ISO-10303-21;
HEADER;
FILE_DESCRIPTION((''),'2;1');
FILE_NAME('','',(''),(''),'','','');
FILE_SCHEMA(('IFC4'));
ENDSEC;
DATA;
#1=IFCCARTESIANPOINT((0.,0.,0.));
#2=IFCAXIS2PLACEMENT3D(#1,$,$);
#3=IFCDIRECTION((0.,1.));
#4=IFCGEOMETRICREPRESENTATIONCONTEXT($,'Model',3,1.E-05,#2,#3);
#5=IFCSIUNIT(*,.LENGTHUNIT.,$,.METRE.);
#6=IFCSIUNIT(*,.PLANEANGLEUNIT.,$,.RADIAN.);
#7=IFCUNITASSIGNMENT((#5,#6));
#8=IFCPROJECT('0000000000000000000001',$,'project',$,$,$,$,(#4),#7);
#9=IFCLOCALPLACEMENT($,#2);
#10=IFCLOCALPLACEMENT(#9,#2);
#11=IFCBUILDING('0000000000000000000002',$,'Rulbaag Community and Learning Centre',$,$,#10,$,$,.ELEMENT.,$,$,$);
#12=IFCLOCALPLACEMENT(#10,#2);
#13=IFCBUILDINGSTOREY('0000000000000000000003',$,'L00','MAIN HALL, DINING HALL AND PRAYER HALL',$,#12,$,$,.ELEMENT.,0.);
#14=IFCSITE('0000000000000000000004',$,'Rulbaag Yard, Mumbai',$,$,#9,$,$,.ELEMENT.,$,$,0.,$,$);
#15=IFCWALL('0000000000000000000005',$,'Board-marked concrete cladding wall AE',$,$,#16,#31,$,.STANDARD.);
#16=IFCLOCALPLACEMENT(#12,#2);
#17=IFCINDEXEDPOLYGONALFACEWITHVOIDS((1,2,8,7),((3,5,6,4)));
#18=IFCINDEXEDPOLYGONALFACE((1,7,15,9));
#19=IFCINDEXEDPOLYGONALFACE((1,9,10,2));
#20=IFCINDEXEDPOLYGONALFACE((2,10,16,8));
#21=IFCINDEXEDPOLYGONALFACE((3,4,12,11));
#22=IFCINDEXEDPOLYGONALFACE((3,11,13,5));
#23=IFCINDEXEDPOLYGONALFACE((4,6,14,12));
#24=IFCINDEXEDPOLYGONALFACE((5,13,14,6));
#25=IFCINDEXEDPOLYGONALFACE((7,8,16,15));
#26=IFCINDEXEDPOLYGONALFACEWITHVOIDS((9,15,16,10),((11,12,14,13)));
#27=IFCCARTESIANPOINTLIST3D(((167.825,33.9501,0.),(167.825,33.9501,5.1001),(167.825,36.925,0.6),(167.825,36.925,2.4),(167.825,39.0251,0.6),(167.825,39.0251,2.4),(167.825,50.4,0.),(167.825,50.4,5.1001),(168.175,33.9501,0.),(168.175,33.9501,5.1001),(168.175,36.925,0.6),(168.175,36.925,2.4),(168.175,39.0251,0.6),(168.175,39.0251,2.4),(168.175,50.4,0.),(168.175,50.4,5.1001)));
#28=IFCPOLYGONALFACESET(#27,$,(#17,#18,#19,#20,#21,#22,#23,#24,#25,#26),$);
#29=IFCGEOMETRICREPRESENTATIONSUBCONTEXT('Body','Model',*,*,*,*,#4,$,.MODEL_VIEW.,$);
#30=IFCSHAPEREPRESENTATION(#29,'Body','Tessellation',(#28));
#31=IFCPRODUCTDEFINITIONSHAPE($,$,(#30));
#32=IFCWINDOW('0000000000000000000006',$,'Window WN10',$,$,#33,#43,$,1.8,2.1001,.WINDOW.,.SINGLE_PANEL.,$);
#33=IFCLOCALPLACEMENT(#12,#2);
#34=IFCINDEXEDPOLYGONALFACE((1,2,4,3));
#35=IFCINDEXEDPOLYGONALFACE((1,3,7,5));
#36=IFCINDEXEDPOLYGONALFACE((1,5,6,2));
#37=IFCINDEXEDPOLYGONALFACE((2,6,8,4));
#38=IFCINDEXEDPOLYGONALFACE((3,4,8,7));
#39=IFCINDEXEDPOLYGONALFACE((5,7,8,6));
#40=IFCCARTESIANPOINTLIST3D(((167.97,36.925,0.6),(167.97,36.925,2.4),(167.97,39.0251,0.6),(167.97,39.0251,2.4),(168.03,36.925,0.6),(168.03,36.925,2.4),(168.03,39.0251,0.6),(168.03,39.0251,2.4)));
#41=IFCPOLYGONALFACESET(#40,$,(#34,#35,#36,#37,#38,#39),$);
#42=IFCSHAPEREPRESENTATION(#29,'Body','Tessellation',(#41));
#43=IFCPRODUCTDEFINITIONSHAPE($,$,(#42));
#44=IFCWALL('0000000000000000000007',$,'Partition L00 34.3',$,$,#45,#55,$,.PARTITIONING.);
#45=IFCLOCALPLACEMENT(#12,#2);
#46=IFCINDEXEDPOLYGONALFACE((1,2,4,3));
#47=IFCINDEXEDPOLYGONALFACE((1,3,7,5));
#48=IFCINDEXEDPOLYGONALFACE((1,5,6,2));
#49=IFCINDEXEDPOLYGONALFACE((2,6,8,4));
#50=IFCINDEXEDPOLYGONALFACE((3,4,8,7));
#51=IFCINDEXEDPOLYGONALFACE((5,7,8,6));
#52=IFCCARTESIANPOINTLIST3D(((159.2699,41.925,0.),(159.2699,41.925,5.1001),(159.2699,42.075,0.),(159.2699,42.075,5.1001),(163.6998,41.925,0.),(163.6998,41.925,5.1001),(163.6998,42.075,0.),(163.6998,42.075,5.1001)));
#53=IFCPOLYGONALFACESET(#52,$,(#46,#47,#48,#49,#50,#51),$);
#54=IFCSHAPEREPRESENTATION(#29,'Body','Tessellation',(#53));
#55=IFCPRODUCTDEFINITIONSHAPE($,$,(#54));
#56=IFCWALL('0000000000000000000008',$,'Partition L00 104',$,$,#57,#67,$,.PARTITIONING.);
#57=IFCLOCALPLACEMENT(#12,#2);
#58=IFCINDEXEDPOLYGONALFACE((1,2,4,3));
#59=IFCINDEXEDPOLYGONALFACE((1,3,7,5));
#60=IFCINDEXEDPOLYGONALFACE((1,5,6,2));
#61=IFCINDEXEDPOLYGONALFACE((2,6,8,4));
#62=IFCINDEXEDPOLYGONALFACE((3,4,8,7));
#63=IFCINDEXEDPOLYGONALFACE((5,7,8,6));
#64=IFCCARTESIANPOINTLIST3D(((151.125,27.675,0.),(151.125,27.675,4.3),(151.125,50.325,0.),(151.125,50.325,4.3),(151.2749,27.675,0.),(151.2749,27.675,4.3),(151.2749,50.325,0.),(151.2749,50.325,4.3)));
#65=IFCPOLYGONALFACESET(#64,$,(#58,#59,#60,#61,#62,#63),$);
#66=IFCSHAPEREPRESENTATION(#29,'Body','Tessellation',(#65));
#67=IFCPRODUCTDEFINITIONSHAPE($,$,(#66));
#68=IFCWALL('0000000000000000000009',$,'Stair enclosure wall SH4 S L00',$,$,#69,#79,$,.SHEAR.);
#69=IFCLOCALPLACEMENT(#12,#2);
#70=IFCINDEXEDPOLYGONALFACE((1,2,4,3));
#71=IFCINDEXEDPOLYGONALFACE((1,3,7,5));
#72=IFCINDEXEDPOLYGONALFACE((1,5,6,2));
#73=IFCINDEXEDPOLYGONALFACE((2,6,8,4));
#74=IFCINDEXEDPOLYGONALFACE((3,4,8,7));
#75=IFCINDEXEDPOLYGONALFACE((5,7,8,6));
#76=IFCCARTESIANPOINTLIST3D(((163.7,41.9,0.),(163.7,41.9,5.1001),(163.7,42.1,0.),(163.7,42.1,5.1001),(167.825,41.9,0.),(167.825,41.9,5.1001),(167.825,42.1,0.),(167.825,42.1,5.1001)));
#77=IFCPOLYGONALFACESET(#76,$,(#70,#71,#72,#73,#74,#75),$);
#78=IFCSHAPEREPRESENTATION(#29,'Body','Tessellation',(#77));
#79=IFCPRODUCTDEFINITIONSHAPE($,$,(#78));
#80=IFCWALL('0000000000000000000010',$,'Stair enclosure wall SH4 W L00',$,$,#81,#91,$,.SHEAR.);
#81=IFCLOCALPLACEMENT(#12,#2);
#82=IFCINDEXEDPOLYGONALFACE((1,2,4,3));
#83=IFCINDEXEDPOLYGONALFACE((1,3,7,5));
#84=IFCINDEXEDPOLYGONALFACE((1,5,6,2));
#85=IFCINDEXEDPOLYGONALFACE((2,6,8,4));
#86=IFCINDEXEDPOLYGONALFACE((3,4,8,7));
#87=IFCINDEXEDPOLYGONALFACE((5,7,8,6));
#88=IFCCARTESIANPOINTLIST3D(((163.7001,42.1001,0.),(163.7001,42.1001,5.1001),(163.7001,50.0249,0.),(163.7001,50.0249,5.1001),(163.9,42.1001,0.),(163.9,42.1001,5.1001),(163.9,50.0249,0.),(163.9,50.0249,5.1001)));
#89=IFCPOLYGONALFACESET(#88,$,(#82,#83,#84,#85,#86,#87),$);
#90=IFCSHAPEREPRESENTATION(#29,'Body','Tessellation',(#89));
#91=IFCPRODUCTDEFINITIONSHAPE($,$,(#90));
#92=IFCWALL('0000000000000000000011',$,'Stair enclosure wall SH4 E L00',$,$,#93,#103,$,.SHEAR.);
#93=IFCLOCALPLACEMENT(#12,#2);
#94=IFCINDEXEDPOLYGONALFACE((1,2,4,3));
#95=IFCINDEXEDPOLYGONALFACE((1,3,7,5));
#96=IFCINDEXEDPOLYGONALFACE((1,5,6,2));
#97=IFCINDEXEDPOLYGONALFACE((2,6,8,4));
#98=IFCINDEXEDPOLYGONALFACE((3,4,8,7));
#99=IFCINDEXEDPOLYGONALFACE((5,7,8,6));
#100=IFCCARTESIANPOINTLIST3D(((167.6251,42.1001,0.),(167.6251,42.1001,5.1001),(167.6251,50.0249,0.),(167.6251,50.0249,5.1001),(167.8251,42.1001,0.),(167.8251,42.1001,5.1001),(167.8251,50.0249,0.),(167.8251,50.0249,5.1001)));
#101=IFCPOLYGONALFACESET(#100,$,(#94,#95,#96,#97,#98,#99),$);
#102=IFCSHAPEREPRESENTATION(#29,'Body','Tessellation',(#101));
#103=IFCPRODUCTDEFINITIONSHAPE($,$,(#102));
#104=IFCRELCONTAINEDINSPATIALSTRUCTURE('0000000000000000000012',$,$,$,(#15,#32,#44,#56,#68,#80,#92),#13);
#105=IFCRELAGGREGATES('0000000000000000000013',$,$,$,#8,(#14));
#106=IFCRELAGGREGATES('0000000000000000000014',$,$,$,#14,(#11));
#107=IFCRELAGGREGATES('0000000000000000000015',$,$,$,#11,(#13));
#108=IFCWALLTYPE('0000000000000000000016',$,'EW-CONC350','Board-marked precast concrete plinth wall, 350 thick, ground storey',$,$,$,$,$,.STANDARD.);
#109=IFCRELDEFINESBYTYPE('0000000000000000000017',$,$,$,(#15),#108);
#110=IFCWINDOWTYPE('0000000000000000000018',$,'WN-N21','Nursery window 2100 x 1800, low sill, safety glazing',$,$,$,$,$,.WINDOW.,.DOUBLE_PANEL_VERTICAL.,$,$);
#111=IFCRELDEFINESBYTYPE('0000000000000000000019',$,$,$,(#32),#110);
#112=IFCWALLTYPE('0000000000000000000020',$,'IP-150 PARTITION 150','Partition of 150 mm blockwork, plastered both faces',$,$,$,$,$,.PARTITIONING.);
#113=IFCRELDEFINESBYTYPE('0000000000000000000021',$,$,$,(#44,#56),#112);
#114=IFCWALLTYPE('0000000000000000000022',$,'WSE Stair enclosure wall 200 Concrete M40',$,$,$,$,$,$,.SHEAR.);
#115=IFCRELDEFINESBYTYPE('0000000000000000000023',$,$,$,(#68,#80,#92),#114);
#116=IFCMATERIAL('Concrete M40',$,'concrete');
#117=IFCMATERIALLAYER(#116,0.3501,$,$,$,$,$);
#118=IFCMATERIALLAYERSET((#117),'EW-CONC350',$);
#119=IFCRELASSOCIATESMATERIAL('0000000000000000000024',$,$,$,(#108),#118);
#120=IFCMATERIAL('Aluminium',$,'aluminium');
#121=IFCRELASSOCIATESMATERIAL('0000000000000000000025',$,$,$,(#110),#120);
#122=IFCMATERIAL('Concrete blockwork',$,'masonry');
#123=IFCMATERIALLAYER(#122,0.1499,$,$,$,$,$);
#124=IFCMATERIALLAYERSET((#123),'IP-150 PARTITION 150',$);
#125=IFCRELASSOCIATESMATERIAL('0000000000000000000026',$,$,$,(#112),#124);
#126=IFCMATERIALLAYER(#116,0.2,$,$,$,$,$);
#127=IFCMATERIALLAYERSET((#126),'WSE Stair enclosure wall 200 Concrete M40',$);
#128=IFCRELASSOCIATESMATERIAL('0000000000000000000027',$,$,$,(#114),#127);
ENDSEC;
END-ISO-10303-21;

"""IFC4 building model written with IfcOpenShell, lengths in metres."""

from ifc_helpers import new_model, si_unit, direction, frame, frame_2d, origin, place, context, subcontext, project, spatial, rectangle, extrude, material, layer, layer_set, type_object, element, fill, save


model = new_model("IFC4")

# Units and contexts
model_context = context("Model", 3, precision=1e-05, world=origin(), true_north=direction((0.0, 1.0)))
body_context = subcontext(model_context, "Body", "Model", "MODEL_VIEW")
ifc_project = project(units=[si_unit("LENGTHUNIT", "METRE"), si_unit("PLANEANGLEUNIT", "RADIAN")], contexts=[model_context])

# Site, building, storey
site_placement = place(None, origin())
site = spatial("IfcSite", under=ifc_project, at=site_placement, Name="Rulbaag Yard, Mumbai", CompositionType="ELEMENT", RefElevation=0.0)
building_placement = place(site_placement, origin())
building = spatial("IfcBuilding", under=site, at=building_placement, Name="Rulbaag Community and Learning Centre", CompositionType="ELEMENT")
storey_placement = place(building_placement, origin())
storey = spatial("IfcBuildingStorey", under=building, at=storey_placement, Name="L00", Description="MAIN HALL, DINING HALL AND PRAYER HALL", CompositionType="ELEMENT", Elevation=0.0)

# Shared definitions
ifc_material_1 = material(Name="Concrete M40", Category="concrete")

# Shared definitions
ifc_layer_1 = layer(ifc_material_1, 0.3501)
ifc_layer_set_1 = layer_set([ifc_layer_1], Name="EW-CONC350")
wall_type_1 = type_object("IfcWallType", Name="EW-CONC350", Description="Board-marked precast concrete plinth wall, 350 thick, ground storey", PredefinedType="STANDARD", material=ifc_layer_set_1)
ifc_material_2 = material(Name="Aluminium", Category="aluminium")
window_type = type_object("IfcWindowType", Name="WN-N21", Description="Nursery window 2100 x 1800, low sill, safety glazing", PartitioningType="DOUBLE_PANEL_VERTICAL", PredefinedType="WINDOW", material=ifc_material_2)

# Wall, opening, window
wall_1_placement = place(storey_placement, frame((168.0, 33.95, 0.0), z_axis=(0.0, 0.0, 1.0), x_axis=(0.0, 1.0, 0.0)))
wall_1 = element("IfcWall", 1, at=wall_1_placement, inside=storey, type_object=wall_type_1, Name="Board-marked concrete cladding wall AE", PredefinedType="STANDARD", context=body_context, shape_type="SweptSolid", body=[
    extrude(rectangle(XDim=16.45, YDim=0.3501, at=frame_2d((8.2251, 0.0))), origin(), (0.0, 0.0, 1.0), 5.1001),
])
opening_1_placement = place(wall_1_placement, frame((2.9751, 0.0, 0.6001)))
opening_1 = element("IfcOpeningElement", 2, at=opening_1_placement, cuts=wall_1, PredefinedType="OPENING", context=body_context, shape_type="SweptSolid", body=[
    extrude(rectangle(XDim=2.1001, YDim=1.8, at=frame_2d((1.05, 0.8999))), frame((0.0, 0.1851, 0.0), z_axis=(0.0, -1.0, 0.0), x_axis=(1.0, 0.0, 0.0)), (0.0, 0.0, 1.0), 0.3701),
])
window_1_placement = place(opening_1_placement, origin())
window_1 = element("IfcWindow", 3, at=window_1_placement, inside=storey, type_object=window_type, Name="Window WN10", OverallHeight=1.8, OverallWidth=2.1001, PartitioningType="SINGLE_PANEL", PredefinedType="WINDOW", context=body_context, shape_type="SweptSolid", body=[
    extrude(rectangle(XDim=2.1001, YDim=1.8, at=frame_2d((1.05, 0.8999))), frame((0.0, 0.03, 0.0), z_axis=(0.0, -1.0, 0.0), x_axis=(1.0, 0.0, 0.0)), (0.0, 0.0, 1.0), 0.0601),
])
fill(opening_1, window_1)

# Walls
ifc_material_3 = material(Name="Concrete blockwork", Category="masonry")
ifc_layer_2 = layer(ifc_material_3, 0.1499)
ifc_layer_set_2 = layer_set([ifc_layer_2], Name="IP-150 PARTITION 150")
wall_type_2 = type_object("IfcWallType", Name="IP-150 PARTITION 150", Description="Partition of 150 mm blockwork, plastered both faces", PredefinedType="PARTITIONING", material=ifc_layer_set_2)
wall_2_placement = place(storey_placement, frame((159.27, 42.0, 0.0), z_axis=(0.0, 0.0, 1.0), x_axis=(1.0, 0.0, 0.0)))
element("IfcWall", 4, at=wall_2_placement, inside=storey, type_object=wall_type_2, Name="Partition L00 34.3", PredefinedType="PARTITIONING", context=body_context, shape_type="SweptSolid", body=[
    extrude(rectangle(XDim=4.4299, YDim=0.1499, at=frame_2d((2.2148, 0.0))), origin(), (0.0, 0.0, 1.0), 5.1001),
])
wall_3_placement = place(storey_placement, frame((151.2, 27.675, 0.0), z_axis=(0.0, 0.0, 1.0), x_axis=(0.0, 1.0, 0.0)))
element("IfcWall", 5, at=wall_3_placement, inside=storey, type_object=wall_type_2, Name="Partition L00 104", PredefinedType="PARTITIONING", context=body_context, shape_type="SweptSolid", body=[
    extrude(rectangle(XDim=22.6499, YDim=0.1499, at=frame_2d((11.325, 0.0))), origin(), (0.0, 0.0, 1.0), 4.3),
])
ifc_layer_3 = layer(ifc_material_1, 0.2)
ifc_layer_set_3 = layer_set([ifc_layer_3], Name="WSE Stair enclosure wall 200 Concrete M40")
wall_type_3 = type_object("IfcWallType", Name="WSE Stair enclosure wall 200 Concrete M40", PredefinedType="SHEAR", material=ifc_layer_set_3)
wall_4_placement = place(storey_placement, frame((163.7, 42.0, 0.0), z_axis=(0.0, 0.0, 1.0), x_axis=(1.0, 0.0, 0.0)))
element("IfcWall", 6, at=wall_4_placement, inside=storey, type_object=wall_type_3, Name="Stair enclosure wall SH4 S L00", PredefinedType="SHEAR", context=body_context, shape_type="SweptSolid", body=[
    extrude(rectangle(XDim=4.125, YDim=0.2, at=frame_2d((2.0625, 0.0))), origin(), (0.0, 0.0, 1.0), 5.1001),
])
for number, where, z_axis, x_axis, name in (
    (7, (163.8, 42.1001, 0.0), (0.0, 0.0, 1.0), (0.0, 1.0, 0.0), "Stair enclosure wall SH4 W L00"),
    (8, (167.7251, 42.1001, 0.0), (0.0, 0.0, 1.0), (0.0, 1.0, 0.0), "Stair enclosure wall SH4 E L00"),
):
    element("IfcWall", number, at=place(storey_placement, frame(where, z_axis=z_axis, x_axis=x_axis)), inside=storey, type_object=wall_type_3, Name=name, PredefinedType="SHEAR", context=body_context, shape_type="SweptSolid", body=[
        extrude(rectangle(XDim=7.9248, YDim=0.2, at=frame_2d((3.9624, 0.0))), origin(), (0.0, 0.0, 1.0), 5.1001),
    ])

save(model, "model.ifc")
